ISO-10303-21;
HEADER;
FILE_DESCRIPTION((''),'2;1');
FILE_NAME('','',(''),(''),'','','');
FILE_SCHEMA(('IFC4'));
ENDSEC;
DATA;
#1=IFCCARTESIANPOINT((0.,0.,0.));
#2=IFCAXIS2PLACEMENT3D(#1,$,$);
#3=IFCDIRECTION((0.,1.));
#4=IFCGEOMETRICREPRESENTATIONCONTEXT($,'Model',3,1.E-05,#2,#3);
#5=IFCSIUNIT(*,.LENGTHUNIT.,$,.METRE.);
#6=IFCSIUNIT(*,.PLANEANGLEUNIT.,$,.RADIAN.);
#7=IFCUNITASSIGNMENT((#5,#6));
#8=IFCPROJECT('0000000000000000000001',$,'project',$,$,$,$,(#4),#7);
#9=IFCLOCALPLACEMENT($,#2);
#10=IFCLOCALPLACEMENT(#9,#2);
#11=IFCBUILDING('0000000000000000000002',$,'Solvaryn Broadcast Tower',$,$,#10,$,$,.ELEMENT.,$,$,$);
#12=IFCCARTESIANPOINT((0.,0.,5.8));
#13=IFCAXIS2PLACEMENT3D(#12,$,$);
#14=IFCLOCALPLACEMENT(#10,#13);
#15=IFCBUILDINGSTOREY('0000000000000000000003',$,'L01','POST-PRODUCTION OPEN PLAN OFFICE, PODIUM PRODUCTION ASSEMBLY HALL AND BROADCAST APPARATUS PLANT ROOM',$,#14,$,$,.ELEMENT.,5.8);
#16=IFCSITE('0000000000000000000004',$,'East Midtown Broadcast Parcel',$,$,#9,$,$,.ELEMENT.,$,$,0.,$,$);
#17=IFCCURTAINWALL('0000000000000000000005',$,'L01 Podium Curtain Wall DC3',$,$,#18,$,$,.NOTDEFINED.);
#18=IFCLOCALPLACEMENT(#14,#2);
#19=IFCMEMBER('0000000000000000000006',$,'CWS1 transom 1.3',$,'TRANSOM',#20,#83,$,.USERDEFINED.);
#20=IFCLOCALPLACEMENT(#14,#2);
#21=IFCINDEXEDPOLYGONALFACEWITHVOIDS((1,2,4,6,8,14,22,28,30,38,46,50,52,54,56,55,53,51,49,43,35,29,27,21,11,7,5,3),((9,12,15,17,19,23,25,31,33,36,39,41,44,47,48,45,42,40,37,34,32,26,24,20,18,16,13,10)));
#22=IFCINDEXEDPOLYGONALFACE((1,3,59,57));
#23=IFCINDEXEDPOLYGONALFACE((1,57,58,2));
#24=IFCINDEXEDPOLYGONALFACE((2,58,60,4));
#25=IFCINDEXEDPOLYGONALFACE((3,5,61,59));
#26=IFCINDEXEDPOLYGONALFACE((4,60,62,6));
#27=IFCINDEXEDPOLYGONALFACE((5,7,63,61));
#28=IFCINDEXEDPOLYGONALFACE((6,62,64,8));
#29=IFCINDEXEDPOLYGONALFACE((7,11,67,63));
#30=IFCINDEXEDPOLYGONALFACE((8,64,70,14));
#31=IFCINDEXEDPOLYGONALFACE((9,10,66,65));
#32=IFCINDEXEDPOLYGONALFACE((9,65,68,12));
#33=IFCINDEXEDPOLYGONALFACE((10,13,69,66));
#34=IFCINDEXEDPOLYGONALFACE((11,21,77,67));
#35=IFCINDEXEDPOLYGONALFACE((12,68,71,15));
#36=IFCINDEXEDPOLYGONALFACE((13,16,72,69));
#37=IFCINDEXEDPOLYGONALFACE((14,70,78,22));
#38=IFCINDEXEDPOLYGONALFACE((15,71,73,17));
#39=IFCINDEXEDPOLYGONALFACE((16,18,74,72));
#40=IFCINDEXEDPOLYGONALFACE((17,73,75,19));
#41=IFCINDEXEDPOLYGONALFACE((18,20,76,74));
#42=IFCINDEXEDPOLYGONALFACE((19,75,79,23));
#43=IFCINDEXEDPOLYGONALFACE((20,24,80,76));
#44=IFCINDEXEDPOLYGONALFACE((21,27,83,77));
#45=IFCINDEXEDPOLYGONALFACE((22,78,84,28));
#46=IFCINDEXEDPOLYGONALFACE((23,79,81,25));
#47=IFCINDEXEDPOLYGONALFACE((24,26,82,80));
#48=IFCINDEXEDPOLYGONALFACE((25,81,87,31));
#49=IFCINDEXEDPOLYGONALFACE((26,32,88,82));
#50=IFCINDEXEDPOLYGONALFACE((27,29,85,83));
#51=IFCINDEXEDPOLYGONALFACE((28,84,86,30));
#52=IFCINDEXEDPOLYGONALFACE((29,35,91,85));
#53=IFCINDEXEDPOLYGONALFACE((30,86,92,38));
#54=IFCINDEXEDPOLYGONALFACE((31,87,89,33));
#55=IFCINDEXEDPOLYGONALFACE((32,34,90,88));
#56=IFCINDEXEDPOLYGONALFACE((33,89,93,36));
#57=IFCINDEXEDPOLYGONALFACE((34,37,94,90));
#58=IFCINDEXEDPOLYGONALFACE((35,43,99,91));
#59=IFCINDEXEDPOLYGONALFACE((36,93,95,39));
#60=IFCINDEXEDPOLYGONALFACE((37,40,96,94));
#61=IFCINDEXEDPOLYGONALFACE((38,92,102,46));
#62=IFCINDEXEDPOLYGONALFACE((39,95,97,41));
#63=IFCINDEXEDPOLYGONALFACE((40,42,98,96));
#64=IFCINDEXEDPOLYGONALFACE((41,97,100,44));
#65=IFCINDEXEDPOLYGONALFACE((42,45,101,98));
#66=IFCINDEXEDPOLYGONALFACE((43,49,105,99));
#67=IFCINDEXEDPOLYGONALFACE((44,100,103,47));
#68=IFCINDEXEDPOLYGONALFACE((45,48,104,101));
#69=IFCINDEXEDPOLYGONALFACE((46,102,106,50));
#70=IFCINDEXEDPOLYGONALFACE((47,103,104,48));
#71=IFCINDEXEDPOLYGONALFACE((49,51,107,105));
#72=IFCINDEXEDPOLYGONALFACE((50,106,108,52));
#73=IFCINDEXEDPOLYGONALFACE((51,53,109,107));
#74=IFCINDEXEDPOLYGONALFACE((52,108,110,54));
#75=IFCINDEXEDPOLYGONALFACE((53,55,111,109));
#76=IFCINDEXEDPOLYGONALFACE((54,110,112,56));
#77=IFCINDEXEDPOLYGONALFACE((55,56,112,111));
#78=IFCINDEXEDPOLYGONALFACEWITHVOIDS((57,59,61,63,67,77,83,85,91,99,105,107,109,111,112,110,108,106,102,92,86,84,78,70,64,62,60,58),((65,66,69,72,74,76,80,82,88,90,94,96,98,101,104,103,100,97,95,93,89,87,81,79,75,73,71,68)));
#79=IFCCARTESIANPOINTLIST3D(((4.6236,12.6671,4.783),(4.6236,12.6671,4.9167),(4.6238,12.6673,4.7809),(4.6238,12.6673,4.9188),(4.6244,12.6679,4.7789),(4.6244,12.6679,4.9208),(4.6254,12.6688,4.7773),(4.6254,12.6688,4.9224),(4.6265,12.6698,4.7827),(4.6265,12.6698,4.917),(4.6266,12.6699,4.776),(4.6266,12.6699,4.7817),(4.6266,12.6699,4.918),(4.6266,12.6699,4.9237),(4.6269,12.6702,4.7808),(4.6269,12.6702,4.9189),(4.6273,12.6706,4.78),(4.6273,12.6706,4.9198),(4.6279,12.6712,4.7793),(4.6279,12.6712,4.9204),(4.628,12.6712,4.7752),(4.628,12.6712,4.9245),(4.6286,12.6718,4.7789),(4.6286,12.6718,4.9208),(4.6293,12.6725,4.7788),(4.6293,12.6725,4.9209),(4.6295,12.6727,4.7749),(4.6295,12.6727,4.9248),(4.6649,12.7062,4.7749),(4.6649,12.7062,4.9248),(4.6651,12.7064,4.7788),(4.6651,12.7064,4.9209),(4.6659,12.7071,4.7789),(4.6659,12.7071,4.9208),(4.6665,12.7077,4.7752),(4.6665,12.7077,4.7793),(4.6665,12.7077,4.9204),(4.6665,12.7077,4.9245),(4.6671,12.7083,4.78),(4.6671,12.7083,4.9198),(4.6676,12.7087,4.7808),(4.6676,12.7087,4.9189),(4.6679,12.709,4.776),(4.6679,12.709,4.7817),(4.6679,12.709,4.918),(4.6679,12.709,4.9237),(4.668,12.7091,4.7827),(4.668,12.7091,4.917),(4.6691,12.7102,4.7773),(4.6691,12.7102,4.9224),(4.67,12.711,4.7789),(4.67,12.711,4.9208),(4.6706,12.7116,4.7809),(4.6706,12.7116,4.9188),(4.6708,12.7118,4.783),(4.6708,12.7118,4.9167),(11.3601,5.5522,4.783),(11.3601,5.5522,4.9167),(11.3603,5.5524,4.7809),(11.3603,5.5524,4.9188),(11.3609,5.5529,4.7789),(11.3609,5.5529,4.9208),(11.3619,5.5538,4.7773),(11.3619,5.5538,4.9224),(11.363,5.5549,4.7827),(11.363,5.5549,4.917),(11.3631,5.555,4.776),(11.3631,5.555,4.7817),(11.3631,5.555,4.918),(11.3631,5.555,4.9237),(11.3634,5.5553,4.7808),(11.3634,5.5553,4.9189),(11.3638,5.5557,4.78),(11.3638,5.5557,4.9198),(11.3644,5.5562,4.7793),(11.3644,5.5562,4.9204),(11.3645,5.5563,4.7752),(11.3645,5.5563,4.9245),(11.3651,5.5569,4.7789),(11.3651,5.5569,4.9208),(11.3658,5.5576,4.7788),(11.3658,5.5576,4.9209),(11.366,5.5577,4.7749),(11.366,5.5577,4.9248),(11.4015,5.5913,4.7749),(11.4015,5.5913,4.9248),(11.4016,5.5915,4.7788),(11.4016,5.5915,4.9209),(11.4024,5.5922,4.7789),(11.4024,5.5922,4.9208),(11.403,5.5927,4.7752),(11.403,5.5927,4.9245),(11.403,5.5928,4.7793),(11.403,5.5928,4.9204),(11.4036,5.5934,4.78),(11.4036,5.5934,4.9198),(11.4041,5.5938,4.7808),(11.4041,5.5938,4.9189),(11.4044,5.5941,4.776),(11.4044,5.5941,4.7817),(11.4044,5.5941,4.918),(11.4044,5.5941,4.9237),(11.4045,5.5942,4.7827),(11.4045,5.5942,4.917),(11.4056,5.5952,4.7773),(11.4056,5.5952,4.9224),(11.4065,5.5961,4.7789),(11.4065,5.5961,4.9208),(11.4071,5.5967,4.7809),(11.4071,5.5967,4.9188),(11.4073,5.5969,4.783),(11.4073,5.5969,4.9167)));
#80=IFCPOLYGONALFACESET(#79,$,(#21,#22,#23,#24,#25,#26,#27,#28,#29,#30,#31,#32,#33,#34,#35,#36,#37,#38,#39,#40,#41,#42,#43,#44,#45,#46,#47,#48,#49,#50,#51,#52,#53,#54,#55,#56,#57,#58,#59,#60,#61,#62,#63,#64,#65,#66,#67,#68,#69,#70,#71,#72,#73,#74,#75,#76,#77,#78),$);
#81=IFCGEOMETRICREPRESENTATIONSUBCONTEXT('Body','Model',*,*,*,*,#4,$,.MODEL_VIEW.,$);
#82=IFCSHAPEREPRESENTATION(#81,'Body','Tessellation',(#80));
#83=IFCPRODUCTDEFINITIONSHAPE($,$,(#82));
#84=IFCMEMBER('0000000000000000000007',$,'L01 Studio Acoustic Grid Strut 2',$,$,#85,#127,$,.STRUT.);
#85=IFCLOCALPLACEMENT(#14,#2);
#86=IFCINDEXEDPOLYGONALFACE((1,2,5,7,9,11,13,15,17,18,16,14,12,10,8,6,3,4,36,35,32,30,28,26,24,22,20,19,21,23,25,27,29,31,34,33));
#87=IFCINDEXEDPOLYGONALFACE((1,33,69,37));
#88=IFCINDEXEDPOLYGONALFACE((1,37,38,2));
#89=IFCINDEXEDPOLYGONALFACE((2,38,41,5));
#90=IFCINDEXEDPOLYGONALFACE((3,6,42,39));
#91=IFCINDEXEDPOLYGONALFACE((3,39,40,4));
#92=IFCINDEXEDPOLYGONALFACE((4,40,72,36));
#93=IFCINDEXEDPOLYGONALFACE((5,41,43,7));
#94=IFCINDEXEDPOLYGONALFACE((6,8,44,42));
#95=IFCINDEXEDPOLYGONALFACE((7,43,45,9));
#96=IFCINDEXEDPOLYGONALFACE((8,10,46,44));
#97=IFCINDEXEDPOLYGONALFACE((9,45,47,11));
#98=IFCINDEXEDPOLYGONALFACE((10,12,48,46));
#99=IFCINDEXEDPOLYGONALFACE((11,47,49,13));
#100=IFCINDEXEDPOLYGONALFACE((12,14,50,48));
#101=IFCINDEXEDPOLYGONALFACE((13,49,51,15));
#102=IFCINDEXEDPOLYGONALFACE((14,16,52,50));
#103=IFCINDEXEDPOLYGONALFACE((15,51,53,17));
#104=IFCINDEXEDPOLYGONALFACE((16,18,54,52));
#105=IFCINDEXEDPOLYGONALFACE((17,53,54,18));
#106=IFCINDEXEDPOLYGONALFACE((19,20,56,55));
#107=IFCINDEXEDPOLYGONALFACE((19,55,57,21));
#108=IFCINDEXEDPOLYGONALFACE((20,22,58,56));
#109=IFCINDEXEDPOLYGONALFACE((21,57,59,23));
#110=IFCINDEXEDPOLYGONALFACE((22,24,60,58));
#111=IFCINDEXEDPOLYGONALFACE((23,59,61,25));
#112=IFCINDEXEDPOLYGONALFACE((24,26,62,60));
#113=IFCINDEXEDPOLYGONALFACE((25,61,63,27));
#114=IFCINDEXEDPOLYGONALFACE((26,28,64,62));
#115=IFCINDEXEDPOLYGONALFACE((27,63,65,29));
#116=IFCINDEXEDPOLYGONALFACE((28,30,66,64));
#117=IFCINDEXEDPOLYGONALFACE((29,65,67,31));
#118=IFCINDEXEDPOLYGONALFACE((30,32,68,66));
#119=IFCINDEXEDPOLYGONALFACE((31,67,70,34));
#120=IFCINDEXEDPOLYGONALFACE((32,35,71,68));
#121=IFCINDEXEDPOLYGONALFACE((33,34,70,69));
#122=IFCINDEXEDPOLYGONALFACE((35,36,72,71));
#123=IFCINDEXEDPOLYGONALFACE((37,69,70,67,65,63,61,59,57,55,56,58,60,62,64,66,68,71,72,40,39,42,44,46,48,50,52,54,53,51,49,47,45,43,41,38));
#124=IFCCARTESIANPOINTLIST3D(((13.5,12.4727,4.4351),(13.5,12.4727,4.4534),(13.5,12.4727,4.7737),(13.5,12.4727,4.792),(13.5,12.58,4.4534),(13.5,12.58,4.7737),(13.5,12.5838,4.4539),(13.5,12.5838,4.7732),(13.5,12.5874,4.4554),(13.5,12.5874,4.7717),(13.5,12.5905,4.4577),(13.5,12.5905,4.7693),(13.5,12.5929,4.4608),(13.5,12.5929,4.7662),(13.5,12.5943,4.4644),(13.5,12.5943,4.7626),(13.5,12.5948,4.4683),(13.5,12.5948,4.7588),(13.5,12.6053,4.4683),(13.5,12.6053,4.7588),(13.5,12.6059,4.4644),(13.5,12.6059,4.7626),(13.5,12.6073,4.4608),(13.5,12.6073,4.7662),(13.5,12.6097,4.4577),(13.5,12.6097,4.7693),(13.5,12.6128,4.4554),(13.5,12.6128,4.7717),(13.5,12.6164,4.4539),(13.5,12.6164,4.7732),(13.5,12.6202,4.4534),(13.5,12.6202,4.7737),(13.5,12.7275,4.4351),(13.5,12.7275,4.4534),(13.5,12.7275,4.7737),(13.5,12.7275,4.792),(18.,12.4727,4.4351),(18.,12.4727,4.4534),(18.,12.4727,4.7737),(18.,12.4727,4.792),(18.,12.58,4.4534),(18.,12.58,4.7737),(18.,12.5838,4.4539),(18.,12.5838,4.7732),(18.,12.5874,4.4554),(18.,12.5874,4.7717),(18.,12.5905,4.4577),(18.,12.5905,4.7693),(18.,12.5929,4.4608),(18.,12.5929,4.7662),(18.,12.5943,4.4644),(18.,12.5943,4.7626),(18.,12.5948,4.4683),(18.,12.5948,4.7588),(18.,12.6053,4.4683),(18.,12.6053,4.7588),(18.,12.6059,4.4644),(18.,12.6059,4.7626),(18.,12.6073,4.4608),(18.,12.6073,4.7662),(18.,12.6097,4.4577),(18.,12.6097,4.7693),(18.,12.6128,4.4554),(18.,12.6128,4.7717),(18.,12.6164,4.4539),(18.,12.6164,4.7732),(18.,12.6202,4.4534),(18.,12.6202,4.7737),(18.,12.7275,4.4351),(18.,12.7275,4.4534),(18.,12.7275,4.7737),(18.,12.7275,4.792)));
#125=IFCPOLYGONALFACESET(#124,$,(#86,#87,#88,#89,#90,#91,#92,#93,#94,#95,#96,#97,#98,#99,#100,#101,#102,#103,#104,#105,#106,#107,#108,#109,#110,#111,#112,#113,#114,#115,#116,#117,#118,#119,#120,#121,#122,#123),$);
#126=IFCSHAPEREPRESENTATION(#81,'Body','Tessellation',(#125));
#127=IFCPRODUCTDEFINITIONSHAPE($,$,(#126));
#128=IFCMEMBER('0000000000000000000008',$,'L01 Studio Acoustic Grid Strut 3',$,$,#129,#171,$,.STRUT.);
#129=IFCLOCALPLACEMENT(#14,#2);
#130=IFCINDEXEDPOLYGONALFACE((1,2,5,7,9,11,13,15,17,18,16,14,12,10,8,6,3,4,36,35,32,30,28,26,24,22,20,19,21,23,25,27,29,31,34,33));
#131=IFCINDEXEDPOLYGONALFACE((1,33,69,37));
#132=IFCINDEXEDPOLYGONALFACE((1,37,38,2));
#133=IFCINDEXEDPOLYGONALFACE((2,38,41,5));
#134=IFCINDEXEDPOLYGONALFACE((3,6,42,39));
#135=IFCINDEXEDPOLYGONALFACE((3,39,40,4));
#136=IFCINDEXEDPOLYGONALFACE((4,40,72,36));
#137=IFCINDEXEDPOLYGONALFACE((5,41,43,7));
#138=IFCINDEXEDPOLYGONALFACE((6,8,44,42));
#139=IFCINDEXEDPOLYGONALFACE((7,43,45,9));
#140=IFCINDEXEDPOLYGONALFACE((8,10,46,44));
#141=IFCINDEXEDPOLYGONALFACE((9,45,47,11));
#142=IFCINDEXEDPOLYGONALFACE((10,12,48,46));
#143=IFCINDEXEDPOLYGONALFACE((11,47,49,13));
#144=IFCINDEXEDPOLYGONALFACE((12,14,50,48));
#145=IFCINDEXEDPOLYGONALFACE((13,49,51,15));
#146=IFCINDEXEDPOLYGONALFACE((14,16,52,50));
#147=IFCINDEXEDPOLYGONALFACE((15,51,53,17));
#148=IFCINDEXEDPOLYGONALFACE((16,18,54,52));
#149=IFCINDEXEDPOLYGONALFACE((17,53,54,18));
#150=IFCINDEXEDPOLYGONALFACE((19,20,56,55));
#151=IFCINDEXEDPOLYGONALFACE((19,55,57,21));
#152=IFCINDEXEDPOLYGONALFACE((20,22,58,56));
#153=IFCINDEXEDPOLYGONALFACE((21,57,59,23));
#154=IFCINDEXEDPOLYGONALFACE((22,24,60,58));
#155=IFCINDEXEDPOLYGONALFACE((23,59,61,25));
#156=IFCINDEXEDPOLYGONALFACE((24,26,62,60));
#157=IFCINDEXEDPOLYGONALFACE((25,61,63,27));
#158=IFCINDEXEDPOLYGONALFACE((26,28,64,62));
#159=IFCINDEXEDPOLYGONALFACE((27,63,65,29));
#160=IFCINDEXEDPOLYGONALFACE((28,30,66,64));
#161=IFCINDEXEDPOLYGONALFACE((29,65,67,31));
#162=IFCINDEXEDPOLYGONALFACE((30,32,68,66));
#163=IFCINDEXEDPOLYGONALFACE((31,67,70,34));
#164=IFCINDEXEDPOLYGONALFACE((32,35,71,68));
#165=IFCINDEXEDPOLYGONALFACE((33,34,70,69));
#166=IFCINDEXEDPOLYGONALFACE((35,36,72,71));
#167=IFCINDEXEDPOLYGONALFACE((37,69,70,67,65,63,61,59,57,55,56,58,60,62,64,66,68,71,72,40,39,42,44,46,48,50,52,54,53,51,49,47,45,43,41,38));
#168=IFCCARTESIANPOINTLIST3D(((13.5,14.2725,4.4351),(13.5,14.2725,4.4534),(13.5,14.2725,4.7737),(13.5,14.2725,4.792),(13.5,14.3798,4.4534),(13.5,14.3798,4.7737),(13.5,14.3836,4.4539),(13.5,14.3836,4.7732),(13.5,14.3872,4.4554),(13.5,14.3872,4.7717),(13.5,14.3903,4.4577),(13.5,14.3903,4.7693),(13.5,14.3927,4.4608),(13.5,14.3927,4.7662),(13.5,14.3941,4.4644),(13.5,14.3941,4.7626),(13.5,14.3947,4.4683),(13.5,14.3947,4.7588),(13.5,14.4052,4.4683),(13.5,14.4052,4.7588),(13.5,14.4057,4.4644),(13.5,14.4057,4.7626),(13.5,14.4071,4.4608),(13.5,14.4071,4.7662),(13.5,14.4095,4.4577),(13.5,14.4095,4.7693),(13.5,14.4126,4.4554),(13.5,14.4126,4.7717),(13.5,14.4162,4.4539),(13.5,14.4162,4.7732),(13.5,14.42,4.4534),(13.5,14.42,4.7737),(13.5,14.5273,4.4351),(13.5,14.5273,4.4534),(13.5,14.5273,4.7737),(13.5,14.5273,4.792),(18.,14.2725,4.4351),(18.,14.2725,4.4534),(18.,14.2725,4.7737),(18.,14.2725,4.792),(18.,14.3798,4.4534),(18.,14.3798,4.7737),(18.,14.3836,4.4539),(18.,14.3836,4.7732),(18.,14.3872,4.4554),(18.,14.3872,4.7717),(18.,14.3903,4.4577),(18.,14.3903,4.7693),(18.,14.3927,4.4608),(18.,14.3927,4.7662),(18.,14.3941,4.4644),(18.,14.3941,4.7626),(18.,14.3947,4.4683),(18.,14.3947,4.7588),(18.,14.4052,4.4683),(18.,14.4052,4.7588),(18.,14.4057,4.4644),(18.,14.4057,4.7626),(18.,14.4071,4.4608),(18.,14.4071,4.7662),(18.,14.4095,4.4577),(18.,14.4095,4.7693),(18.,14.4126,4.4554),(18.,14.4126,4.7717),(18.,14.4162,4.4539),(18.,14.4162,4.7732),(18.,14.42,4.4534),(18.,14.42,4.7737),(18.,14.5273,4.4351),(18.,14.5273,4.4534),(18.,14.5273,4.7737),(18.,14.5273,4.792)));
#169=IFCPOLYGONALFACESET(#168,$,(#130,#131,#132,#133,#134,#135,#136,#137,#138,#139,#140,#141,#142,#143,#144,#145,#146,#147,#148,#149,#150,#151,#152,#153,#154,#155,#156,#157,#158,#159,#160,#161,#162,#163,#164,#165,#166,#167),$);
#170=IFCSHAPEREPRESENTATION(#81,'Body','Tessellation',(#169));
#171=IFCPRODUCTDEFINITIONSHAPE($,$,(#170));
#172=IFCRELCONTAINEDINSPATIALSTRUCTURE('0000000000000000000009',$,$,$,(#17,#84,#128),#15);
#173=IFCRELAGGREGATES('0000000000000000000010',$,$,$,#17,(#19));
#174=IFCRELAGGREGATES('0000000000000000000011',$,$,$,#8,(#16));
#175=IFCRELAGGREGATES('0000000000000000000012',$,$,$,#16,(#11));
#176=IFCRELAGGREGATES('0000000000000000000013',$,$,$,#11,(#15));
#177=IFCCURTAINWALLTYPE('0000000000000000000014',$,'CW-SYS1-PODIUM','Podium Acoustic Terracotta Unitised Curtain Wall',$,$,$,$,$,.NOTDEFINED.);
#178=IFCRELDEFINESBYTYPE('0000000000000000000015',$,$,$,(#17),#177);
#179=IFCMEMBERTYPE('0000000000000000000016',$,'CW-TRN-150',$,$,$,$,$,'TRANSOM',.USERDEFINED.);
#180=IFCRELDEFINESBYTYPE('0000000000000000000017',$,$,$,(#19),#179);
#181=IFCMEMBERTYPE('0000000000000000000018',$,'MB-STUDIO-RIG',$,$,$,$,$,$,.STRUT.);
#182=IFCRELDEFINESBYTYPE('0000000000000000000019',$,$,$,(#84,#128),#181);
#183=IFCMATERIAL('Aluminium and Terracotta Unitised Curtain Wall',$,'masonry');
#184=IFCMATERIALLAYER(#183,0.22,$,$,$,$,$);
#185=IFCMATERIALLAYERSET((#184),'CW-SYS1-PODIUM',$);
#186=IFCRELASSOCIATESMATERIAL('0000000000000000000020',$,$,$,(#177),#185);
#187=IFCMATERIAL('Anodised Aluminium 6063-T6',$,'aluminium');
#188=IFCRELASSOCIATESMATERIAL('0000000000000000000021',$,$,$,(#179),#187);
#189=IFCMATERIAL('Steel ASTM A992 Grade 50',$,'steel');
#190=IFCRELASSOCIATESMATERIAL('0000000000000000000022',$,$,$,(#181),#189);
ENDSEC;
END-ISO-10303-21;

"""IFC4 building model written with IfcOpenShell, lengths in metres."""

from ifc_helpers import new_model, si_unit, direction, frame, origin, origin_2d, place, context, subcontext, project, spatial, hollow_rectangle, i_section, extrude, material, layer, layer_set, material_profile, profile_set, type_object, element, aggregate, save


model = new_model("IFC4")

# Units and contexts
model_context = context("Model", 3, precision=1e-05, world=origin(), true_north=direction((0.0, 1.0)))
body_context = subcontext(model_context, "Body", "Model", "MODEL_VIEW")
ifc_project = project(units=[si_unit("LENGTHUNIT", "METRE"), si_unit("PLANEANGLEUNIT", "RADIAN")], contexts=[model_context])

# Site, building, storey
site_placement = place(None, origin())
site = spatial("IfcSite", under=ifc_project, at=site_placement, Name="East Midtown Broadcast Parcel", CompositionType="ELEMENT", RefElevation=0.0)
building_placement = place(site_placement, origin())
building = spatial("IfcBuilding", under=site, at=building_placement, Name="Solvaryn Broadcast Tower", CompositionType="ELEMENT")
storey_placement = place(building_placement, frame((0.0, 0.0, 5.8)))
storey = spatial("IfcBuildingStorey", under=building, at=storey_placement, Name="L01", Description="POST-PRODUCTION OPEN PLAN OFFICE, PODIUM PRODUCTION ASSEMBLY HALL AND BROADCAST APPARATUS PLANT ROOM", CompositionType="ELEMENT", Elevation=5.8)

# Shared definitions
ifc_material_1 = material(Name="Aluminium and Terracotta Unitised Curtain Wall", Category="masonry")
ifc_layer_1 = layer(ifc_material_1, 0.22)
ifc_layer_set_1 = layer_set([ifc_layer_1], Name="CW-SYS1-PODIUM")
curtain_wall_type = type_object("IfcCurtainWallType", Name="CW-SYS1-PODIUM", Description="Podium Acoustic Terracotta Unitised Curtain Wall", PredefinedType="NOTDEFINED", material=ifc_layer_set_1)

# Curtain wall, member
curtain_wall_1_placement = place(storey_placement, origin())
curtain_wall_1 = element("IfcCurtainWall", 1, at=curtain_wall_1_placement, inside=storey, type_object=curtain_wall_type, Name="L01 Podium Curtain Wall DC3", PredefinedType="NOTDEFINED")
ifc_material_2 = material(Name="Anodised Aluminium 6063-T6", Category="aluminium")
ifc_material_profile_1 = material_profile(ifc_material_2, hollow_rectangle(XDim=0.0649, YDim=0.1499, WallThickness=0.0039, InnerFilletRadius=0.0039, OuterFilletRadius=0.0081, at=origin_2d()))
ifc_profile_set_1 = profile_set([ifc_material_profile_1], Name="Anodised Aluminium 6063-T6")
member_type_1 = type_object("IfcMemberType", Name="CW-TRN-150", ElementType="TRANSOM", PredefinedType="USERDEFINED", material=ifc_profile_set_1)
member_1_placement = place(storey_placement, frame((4.6472, 12.6895, 4.8499), z_axis=(0.687532, -0.726154, 0.0), x_axis=(0.726154, 0.687532, 0.0)))
member_1 = element("IfcMember", 2, at=member_1_placement, type_object=member_type_1, Name="CWS1 transom 1.3", ObjectType="TRANSOM", PredefinedType="USERDEFINED", context=body_context, shape_type="SweptSolid", body=[
    extrude(hollow_rectangle(XDim=0.0649, YDim=0.1499, WallThickness=0.0039, InnerFilletRadius=0.0039, OuterFilletRadius=0.0081, at=origin_2d()), origin(), (0.0, 0.0, 1.0), 9.7981),
])
aggregate(curtain_wall_1, [member_1])

# Members
ifc_material_3 = material(Name="Steel ASTM A992 Grade 50", Category="steel")
ifc_material_profile_2 = material_profile(ifc_material_3, i_section(OverallWidth=0.2549, OverallDepth=0.3569, WebThickness=0.0105, FlangeThickness=0.0183, FilletRadius=0.0149, at=origin_2d()))
ifc_profile_set_2 = profile_set([ifc_material_profile_2], Name="Steel ASTM A992 Grade 50")
member_type_2 = type_object("IfcMemberType", Name="MB-STUDIO-RIG", PredefinedType="STRUT", material=ifc_profile_set_2)
for number, where, z_axis, x_axis, name in (
    (3, (13.5, 12.6001, 4.6135), (1.0, 0.0, 0.0), (0.0, 1.0, 0.0), "L01 Studio Acoustic Grid Strut 2"),
    (4, (13.5, 14.3999, 4.6135), (1.0, 0.0, 0.0), (0.0, 1.0, 0.0), "L01 Studio Acoustic Grid Strut 3"),
):
    element("IfcMember", number, at=place(storey_placement, frame(where, z_axis=z_axis, x_axis=x_axis)), inside=storey, type_object=member_type_2, Name=name, PredefinedType="STRUT", context=body_context, shape_type="SweptSolid", body=[
        extrude(i_section(OverallWidth=0.2549, OverallDepth=0.3569, WebThickness=0.0105, FlangeThickness=0.0183, FilletRadius=0.0149, at=origin_2d()), origin(), (0.0, 0.0, 1.0), 4.5),
    ])

save(model, "model.ifc")
